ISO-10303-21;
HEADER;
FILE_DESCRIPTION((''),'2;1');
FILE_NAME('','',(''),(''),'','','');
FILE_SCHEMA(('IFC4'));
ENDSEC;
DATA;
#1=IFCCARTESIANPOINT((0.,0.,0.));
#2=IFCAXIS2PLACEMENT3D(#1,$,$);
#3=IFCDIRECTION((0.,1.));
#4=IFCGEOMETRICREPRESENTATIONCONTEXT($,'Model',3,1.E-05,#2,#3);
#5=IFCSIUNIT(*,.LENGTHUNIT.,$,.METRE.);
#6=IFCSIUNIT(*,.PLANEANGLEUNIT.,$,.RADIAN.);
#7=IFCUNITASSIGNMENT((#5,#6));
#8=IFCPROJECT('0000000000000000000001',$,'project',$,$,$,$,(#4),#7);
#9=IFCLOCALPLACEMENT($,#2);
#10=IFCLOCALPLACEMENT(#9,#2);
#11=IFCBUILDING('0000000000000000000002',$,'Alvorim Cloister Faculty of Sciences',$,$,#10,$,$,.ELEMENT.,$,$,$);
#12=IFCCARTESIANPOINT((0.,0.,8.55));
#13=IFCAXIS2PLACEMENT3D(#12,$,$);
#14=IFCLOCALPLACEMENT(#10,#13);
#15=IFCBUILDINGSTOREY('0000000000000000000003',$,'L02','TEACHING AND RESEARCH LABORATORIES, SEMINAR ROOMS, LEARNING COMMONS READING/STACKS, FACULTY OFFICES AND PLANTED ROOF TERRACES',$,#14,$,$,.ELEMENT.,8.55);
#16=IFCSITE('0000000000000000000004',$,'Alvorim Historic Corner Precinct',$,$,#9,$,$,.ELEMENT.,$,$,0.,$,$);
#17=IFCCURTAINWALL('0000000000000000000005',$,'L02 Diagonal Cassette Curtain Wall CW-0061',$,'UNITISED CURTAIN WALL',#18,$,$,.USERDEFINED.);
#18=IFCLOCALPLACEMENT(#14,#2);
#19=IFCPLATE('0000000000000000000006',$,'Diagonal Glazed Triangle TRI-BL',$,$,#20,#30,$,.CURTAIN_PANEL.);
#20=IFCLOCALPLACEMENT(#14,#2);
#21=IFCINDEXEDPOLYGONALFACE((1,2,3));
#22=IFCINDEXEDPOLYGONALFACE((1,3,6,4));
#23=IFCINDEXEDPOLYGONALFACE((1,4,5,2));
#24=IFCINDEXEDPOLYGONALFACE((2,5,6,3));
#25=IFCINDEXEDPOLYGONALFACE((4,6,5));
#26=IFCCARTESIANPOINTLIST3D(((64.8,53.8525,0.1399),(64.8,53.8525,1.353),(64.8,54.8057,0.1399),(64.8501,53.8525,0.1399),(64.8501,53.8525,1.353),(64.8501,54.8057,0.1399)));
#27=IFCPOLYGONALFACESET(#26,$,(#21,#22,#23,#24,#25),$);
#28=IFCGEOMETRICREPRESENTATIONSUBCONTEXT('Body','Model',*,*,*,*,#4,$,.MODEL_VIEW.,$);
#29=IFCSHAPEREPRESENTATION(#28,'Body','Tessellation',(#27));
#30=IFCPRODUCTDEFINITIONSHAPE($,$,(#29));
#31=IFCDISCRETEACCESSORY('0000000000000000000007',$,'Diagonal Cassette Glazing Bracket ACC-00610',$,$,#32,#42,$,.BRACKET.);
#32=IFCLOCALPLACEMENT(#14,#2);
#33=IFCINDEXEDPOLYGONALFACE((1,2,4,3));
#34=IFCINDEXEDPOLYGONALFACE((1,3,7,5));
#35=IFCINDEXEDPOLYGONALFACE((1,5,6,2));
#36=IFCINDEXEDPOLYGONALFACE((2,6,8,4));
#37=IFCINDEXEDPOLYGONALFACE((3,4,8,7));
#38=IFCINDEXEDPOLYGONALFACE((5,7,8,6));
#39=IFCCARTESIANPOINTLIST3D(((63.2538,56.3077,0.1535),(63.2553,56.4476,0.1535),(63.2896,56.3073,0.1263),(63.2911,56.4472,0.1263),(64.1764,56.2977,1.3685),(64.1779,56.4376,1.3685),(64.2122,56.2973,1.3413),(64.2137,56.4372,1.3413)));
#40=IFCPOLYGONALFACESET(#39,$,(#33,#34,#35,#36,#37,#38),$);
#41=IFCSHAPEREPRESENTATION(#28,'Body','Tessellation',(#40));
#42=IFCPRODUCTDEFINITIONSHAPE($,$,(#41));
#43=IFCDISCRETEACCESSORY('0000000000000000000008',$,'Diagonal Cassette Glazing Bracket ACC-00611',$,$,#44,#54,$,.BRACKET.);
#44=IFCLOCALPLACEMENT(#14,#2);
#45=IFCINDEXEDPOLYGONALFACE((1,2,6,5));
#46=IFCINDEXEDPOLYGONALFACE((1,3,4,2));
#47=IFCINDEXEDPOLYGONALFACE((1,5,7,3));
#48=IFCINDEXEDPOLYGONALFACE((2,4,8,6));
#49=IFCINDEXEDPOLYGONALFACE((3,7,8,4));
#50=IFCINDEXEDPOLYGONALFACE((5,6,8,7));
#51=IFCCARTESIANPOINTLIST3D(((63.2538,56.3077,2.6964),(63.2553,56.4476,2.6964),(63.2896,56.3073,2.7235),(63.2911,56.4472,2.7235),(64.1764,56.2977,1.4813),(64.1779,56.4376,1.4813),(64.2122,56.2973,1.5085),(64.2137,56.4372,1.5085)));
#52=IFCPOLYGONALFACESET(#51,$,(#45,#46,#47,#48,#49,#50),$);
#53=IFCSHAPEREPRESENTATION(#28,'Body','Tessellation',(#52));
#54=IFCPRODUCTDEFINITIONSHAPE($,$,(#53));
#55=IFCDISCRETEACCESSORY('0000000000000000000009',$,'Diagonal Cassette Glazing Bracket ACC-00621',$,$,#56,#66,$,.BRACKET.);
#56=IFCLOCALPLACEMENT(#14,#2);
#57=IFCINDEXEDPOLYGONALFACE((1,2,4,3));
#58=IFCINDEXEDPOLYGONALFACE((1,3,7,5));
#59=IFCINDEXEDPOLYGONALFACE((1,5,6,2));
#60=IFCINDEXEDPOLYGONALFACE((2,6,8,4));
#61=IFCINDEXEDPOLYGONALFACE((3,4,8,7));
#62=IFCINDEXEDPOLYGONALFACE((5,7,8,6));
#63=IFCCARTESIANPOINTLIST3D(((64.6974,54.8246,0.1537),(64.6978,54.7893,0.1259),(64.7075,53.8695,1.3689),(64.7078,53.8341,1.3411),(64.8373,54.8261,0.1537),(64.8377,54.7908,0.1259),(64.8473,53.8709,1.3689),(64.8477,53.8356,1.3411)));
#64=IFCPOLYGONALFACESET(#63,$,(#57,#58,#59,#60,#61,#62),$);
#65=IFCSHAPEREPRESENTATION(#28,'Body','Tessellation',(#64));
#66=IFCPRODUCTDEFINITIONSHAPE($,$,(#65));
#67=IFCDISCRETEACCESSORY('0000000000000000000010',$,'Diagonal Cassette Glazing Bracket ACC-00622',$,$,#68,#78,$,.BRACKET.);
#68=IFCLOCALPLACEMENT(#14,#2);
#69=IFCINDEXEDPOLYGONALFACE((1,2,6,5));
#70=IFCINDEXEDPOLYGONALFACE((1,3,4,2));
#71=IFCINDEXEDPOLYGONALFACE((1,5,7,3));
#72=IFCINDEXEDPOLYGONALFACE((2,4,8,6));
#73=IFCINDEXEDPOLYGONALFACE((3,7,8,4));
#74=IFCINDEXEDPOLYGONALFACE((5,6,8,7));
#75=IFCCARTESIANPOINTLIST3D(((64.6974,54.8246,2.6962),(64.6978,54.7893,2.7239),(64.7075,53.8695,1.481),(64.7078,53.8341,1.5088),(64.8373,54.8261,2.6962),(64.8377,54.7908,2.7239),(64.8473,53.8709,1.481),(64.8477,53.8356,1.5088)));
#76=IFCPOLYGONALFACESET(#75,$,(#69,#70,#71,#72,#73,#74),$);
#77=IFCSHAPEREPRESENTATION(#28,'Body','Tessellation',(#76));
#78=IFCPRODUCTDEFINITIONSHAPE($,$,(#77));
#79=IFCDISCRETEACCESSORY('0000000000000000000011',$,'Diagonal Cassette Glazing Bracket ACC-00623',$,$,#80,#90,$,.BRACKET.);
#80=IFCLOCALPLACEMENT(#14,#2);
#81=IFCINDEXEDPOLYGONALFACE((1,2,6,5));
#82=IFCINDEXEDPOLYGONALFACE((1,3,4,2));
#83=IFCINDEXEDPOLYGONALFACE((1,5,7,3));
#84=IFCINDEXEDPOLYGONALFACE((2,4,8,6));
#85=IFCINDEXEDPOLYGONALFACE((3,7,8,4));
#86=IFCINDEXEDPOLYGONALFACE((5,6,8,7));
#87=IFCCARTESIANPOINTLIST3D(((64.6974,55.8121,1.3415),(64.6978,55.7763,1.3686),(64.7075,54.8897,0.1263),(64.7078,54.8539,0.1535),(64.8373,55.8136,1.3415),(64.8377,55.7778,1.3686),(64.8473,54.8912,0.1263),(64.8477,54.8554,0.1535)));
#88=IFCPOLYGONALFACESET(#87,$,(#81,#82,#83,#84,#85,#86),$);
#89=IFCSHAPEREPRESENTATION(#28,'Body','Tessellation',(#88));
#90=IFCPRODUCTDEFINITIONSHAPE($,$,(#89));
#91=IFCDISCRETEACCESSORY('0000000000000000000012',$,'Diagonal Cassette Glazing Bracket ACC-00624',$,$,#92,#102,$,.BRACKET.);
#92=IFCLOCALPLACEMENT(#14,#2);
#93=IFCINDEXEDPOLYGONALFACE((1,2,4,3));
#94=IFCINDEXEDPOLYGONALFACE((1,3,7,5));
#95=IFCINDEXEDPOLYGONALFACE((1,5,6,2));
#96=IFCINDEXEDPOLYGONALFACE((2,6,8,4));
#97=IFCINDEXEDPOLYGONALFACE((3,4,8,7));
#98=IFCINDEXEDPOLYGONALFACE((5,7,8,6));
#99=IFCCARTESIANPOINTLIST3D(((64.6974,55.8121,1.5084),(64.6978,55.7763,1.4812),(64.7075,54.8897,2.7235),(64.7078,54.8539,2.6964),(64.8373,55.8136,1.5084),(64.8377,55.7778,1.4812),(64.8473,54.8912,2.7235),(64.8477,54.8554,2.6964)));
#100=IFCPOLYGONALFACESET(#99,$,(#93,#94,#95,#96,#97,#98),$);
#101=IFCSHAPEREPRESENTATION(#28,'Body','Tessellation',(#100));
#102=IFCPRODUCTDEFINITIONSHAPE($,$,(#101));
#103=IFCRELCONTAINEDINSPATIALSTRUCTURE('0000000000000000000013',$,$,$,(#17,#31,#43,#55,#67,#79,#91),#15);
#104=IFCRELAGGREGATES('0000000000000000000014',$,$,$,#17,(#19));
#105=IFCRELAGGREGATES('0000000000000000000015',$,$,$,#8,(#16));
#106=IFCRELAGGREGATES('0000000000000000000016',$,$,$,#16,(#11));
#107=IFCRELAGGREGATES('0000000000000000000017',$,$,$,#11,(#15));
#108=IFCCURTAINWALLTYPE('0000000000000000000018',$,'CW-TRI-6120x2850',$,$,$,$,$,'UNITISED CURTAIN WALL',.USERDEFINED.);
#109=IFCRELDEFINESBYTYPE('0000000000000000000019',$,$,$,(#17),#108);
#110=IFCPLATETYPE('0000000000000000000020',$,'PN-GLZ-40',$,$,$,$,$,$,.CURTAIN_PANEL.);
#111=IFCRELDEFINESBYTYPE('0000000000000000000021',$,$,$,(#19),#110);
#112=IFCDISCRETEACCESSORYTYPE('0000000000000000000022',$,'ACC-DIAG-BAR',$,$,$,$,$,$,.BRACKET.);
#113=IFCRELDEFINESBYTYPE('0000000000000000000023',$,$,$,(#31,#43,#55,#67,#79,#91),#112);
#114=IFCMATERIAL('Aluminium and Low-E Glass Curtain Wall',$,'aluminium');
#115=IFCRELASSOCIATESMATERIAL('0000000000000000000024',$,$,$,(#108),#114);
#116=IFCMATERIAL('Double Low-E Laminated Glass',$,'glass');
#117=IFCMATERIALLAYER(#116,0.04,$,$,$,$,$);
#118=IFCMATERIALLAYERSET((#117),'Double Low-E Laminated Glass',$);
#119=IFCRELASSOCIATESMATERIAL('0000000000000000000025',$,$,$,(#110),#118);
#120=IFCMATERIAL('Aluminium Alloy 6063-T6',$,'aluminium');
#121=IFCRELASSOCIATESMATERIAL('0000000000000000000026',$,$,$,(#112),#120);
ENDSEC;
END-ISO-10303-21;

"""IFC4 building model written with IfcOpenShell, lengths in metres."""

from ifc_helpers import new_model, si_unit, direction, frame, origin, origin_2d, place, context, subcontext, project, spatial, polyline, rectangle, outline, extrude, material, layer, layer_set, type_object, element, aggregate, save


model = new_model("IFC4")

# Units and contexts
model_context = context("Model", 3, precision=1e-05, world=origin(), true_north=direction((0.0, 1.0)))
body_context = subcontext(model_context, "Body", "Model", "MODEL_VIEW")
ifc_project = project(units=[si_unit("LENGTHUNIT", "METRE"), si_unit("PLANEANGLEUNIT", "RADIAN")], contexts=[model_context])

# Site, building, storey
site_placement = place(None, origin())
site = spatial("IfcSite", under=ifc_project, at=site_placement, Name="Alvorim Historic Corner Precinct", CompositionType="ELEMENT", RefElevation=0.0)
building_placement = place(site_placement, origin())
building = spatial("IfcBuilding", under=site, at=building_placement, Name="Alvorim Cloister Faculty of Sciences", CompositionType="ELEMENT")
storey_placement = place(building_placement, frame((0.0, 0.0, 8.55)))
storey = spatial("IfcBuildingStorey", under=building, at=storey_placement, Name="L02", Description="TEACHING AND RESEARCH LABORATORIES, SEMINAR ROOMS, LEARNING COMMONS READING/STACKS, FACULTY OFFICES AND PLANTED ROOF TERRACES", CompositionType="ELEMENT", Elevation=8.55)

# Shared definitions
ifc_material_1 = material(Name="Aluminium and Low-E Glass Curtain Wall", Category="aluminium")
curtain_wall_type = type_object("IfcCurtainWallType", Name="CW-TRI-6120x2850", ElementType="UNITISED CURTAIN WALL", PredefinedType="USERDEFINED", material=ifc_material_1)
ifc_material_2 = material(Name="Aluminium Alloy 6063-T6", Category="aluminium")

# Curtain wall
curtain_wall_1_placement = place(storey_placement, origin())
curtain_wall_1 = element("IfcCurtainWall", 1, at=curtain_wall_1_placement, inside=storey, type_object=curtain_wall_type, Name="L02 Diagonal Cassette Curtain Wall CW-0061", ObjectType="UNITISED CURTAIN WALL", PredefinedType="USERDEFINED")

# Plate
ifc_material_3 = material(Name="Double Low-E Laminated Glass", Category="glass")
ifc_layer = layer(ifc_material_3, 0.04)
ifc_layer_set = layer_set([ifc_layer], Name="Double Low-E Laminated Glass")
plate_type = type_object("IfcPlateType", Name="PN-GLZ-40", PredefinedType="CURTAIN_PANEL", material=ifc_layer_set)
plate_1_placement = place(storey_placement, frame((64.825, 53.8525, 0.1399), z_axis=(0.0, 0.0, 1.0), x_axis=(0.0, 1.0, 0.0)))
plate_1 = element("IfcPlate", 2, at=plate_1_placement, type_object=plate_type, Name="Diagonal Glazed Triangle TRI-BL", PredefinedType="CURTAIN_PANEL", context=body_context, shape_type="SweptSolid", body=[
    extrude(outline(polyline([(0.0, 0.0), (0.9531, 0.0), (0.0, 1.2131), (0.0, 0.0)])), frame((0.0, 0.0249, 0.0), z_axis=(0.0, -1.0, 0.0), x_axis=(1.0, 0.0, 0.0)), (0.0, 0.0, 1.0), 0.05),
])
aggregate(curtain_wall_1, [plate_1])

# Discrete accessories
discrete_accessory_type = type_object("IfcDiscreteAccessoryType", Name="ACC-DIAG-BAR", PredefinedType="BRACKET", material=ifc_material_2)
for number, where, z_axis, x_axis, name in (
    (3, (63.2725, 56.3774, 0.1399), (0.604713, -0.006561, 0.796416), (0.010849, 0.999941, 0.0), "Diagonal Cassette Glazing Bracket ACC-00610"),
    (4, (63.2725, 56.3774, 2.71), (0.604713, -0.006561, -0.796416), (0.010849, 0.999941, 0.0), "Diagonal Cassette Glazing Bracket ACC-00611"),
):
    element("IfcDiscreteAccessory", number, at=place(storey_placement, frame(where, z_axis=z_axis, x_axis=x_axis)), inside=storey, type_object=discrete_accessory_type, Name=name, PredefinedType="BRACKET", context=body_context, shape_type="SweptSolid", body=[
        extrude(rectangle(XDim=0.1399, YDim=0.0449, at=origin_2d()), origin(), (0.0, 0.0, 1.0), 1.5256),
    ])
for number, where, z_axis, x_axis, name in (
    (5, (64.7776, 53.8525, 1.355), (-0.006477, 0.617955, -0.786187), (-0.999945, -0.01048, 0.0), "Diagonal Cassette Glazing Bracket ACC-00621"),
    (6, (64.7776, 53.8525, 1.4949), (-0.006477, 0.617955, 0.786187), (-0.999945, -0.01048, 0.0), "Diagonal Cassette Glazing Bracket ACC-00622"),
):
    element("IfcDiscreteAccessory", number, at=place(storey_placement, frame(where, z_axis=z_axis, x_axis=x_axis)), inside=storey, type_object=discrete_accessory_type, Name=name, PredefinedType="BRACKET", context=body_context, shape_type="SweptSolid", body=[
        extrude(rectangle(XDim=0.1399, YDim=0.0449, at=origin_2d()), origin(), (0.0, 0.0, 1.0), 1.5457),
    ])
for number, where, z_axis, x_axis, name in (
    (7, (64.7776, 54.8726, 0.1399), (-0.006561, 0.604612, 0.796493), (-0.999941, -0.010852, 0.0), "Diagonal Cassette Glazing Bracket ACC-00623"),
    (8, (64.7776, 54.8726, 2.71), (-0.006561, 0.604612, -0.796493), (-0.999941, -0.010852, 0.0), "Diagonal Cassette Glazing Bracket ACC-00624"),
):
    element("IfcDiscreteAccessory", number, at=place(storey_placement, frame(where, z_axis=z_axis, x_axis=x_axis)), inside=storey, type_object=discrete_accessory_type, Name=name, PredefinedType="BRACKET", context=body_context, shape_type="SweptSolid", body=[
        extrude(rectangle(XDim=0.1399, YDim=0.0449, at=origin_2d()), origin(), (0.0, 0.0, 1.0), 1.5256),
    ])

save(model, "model.ifc")
